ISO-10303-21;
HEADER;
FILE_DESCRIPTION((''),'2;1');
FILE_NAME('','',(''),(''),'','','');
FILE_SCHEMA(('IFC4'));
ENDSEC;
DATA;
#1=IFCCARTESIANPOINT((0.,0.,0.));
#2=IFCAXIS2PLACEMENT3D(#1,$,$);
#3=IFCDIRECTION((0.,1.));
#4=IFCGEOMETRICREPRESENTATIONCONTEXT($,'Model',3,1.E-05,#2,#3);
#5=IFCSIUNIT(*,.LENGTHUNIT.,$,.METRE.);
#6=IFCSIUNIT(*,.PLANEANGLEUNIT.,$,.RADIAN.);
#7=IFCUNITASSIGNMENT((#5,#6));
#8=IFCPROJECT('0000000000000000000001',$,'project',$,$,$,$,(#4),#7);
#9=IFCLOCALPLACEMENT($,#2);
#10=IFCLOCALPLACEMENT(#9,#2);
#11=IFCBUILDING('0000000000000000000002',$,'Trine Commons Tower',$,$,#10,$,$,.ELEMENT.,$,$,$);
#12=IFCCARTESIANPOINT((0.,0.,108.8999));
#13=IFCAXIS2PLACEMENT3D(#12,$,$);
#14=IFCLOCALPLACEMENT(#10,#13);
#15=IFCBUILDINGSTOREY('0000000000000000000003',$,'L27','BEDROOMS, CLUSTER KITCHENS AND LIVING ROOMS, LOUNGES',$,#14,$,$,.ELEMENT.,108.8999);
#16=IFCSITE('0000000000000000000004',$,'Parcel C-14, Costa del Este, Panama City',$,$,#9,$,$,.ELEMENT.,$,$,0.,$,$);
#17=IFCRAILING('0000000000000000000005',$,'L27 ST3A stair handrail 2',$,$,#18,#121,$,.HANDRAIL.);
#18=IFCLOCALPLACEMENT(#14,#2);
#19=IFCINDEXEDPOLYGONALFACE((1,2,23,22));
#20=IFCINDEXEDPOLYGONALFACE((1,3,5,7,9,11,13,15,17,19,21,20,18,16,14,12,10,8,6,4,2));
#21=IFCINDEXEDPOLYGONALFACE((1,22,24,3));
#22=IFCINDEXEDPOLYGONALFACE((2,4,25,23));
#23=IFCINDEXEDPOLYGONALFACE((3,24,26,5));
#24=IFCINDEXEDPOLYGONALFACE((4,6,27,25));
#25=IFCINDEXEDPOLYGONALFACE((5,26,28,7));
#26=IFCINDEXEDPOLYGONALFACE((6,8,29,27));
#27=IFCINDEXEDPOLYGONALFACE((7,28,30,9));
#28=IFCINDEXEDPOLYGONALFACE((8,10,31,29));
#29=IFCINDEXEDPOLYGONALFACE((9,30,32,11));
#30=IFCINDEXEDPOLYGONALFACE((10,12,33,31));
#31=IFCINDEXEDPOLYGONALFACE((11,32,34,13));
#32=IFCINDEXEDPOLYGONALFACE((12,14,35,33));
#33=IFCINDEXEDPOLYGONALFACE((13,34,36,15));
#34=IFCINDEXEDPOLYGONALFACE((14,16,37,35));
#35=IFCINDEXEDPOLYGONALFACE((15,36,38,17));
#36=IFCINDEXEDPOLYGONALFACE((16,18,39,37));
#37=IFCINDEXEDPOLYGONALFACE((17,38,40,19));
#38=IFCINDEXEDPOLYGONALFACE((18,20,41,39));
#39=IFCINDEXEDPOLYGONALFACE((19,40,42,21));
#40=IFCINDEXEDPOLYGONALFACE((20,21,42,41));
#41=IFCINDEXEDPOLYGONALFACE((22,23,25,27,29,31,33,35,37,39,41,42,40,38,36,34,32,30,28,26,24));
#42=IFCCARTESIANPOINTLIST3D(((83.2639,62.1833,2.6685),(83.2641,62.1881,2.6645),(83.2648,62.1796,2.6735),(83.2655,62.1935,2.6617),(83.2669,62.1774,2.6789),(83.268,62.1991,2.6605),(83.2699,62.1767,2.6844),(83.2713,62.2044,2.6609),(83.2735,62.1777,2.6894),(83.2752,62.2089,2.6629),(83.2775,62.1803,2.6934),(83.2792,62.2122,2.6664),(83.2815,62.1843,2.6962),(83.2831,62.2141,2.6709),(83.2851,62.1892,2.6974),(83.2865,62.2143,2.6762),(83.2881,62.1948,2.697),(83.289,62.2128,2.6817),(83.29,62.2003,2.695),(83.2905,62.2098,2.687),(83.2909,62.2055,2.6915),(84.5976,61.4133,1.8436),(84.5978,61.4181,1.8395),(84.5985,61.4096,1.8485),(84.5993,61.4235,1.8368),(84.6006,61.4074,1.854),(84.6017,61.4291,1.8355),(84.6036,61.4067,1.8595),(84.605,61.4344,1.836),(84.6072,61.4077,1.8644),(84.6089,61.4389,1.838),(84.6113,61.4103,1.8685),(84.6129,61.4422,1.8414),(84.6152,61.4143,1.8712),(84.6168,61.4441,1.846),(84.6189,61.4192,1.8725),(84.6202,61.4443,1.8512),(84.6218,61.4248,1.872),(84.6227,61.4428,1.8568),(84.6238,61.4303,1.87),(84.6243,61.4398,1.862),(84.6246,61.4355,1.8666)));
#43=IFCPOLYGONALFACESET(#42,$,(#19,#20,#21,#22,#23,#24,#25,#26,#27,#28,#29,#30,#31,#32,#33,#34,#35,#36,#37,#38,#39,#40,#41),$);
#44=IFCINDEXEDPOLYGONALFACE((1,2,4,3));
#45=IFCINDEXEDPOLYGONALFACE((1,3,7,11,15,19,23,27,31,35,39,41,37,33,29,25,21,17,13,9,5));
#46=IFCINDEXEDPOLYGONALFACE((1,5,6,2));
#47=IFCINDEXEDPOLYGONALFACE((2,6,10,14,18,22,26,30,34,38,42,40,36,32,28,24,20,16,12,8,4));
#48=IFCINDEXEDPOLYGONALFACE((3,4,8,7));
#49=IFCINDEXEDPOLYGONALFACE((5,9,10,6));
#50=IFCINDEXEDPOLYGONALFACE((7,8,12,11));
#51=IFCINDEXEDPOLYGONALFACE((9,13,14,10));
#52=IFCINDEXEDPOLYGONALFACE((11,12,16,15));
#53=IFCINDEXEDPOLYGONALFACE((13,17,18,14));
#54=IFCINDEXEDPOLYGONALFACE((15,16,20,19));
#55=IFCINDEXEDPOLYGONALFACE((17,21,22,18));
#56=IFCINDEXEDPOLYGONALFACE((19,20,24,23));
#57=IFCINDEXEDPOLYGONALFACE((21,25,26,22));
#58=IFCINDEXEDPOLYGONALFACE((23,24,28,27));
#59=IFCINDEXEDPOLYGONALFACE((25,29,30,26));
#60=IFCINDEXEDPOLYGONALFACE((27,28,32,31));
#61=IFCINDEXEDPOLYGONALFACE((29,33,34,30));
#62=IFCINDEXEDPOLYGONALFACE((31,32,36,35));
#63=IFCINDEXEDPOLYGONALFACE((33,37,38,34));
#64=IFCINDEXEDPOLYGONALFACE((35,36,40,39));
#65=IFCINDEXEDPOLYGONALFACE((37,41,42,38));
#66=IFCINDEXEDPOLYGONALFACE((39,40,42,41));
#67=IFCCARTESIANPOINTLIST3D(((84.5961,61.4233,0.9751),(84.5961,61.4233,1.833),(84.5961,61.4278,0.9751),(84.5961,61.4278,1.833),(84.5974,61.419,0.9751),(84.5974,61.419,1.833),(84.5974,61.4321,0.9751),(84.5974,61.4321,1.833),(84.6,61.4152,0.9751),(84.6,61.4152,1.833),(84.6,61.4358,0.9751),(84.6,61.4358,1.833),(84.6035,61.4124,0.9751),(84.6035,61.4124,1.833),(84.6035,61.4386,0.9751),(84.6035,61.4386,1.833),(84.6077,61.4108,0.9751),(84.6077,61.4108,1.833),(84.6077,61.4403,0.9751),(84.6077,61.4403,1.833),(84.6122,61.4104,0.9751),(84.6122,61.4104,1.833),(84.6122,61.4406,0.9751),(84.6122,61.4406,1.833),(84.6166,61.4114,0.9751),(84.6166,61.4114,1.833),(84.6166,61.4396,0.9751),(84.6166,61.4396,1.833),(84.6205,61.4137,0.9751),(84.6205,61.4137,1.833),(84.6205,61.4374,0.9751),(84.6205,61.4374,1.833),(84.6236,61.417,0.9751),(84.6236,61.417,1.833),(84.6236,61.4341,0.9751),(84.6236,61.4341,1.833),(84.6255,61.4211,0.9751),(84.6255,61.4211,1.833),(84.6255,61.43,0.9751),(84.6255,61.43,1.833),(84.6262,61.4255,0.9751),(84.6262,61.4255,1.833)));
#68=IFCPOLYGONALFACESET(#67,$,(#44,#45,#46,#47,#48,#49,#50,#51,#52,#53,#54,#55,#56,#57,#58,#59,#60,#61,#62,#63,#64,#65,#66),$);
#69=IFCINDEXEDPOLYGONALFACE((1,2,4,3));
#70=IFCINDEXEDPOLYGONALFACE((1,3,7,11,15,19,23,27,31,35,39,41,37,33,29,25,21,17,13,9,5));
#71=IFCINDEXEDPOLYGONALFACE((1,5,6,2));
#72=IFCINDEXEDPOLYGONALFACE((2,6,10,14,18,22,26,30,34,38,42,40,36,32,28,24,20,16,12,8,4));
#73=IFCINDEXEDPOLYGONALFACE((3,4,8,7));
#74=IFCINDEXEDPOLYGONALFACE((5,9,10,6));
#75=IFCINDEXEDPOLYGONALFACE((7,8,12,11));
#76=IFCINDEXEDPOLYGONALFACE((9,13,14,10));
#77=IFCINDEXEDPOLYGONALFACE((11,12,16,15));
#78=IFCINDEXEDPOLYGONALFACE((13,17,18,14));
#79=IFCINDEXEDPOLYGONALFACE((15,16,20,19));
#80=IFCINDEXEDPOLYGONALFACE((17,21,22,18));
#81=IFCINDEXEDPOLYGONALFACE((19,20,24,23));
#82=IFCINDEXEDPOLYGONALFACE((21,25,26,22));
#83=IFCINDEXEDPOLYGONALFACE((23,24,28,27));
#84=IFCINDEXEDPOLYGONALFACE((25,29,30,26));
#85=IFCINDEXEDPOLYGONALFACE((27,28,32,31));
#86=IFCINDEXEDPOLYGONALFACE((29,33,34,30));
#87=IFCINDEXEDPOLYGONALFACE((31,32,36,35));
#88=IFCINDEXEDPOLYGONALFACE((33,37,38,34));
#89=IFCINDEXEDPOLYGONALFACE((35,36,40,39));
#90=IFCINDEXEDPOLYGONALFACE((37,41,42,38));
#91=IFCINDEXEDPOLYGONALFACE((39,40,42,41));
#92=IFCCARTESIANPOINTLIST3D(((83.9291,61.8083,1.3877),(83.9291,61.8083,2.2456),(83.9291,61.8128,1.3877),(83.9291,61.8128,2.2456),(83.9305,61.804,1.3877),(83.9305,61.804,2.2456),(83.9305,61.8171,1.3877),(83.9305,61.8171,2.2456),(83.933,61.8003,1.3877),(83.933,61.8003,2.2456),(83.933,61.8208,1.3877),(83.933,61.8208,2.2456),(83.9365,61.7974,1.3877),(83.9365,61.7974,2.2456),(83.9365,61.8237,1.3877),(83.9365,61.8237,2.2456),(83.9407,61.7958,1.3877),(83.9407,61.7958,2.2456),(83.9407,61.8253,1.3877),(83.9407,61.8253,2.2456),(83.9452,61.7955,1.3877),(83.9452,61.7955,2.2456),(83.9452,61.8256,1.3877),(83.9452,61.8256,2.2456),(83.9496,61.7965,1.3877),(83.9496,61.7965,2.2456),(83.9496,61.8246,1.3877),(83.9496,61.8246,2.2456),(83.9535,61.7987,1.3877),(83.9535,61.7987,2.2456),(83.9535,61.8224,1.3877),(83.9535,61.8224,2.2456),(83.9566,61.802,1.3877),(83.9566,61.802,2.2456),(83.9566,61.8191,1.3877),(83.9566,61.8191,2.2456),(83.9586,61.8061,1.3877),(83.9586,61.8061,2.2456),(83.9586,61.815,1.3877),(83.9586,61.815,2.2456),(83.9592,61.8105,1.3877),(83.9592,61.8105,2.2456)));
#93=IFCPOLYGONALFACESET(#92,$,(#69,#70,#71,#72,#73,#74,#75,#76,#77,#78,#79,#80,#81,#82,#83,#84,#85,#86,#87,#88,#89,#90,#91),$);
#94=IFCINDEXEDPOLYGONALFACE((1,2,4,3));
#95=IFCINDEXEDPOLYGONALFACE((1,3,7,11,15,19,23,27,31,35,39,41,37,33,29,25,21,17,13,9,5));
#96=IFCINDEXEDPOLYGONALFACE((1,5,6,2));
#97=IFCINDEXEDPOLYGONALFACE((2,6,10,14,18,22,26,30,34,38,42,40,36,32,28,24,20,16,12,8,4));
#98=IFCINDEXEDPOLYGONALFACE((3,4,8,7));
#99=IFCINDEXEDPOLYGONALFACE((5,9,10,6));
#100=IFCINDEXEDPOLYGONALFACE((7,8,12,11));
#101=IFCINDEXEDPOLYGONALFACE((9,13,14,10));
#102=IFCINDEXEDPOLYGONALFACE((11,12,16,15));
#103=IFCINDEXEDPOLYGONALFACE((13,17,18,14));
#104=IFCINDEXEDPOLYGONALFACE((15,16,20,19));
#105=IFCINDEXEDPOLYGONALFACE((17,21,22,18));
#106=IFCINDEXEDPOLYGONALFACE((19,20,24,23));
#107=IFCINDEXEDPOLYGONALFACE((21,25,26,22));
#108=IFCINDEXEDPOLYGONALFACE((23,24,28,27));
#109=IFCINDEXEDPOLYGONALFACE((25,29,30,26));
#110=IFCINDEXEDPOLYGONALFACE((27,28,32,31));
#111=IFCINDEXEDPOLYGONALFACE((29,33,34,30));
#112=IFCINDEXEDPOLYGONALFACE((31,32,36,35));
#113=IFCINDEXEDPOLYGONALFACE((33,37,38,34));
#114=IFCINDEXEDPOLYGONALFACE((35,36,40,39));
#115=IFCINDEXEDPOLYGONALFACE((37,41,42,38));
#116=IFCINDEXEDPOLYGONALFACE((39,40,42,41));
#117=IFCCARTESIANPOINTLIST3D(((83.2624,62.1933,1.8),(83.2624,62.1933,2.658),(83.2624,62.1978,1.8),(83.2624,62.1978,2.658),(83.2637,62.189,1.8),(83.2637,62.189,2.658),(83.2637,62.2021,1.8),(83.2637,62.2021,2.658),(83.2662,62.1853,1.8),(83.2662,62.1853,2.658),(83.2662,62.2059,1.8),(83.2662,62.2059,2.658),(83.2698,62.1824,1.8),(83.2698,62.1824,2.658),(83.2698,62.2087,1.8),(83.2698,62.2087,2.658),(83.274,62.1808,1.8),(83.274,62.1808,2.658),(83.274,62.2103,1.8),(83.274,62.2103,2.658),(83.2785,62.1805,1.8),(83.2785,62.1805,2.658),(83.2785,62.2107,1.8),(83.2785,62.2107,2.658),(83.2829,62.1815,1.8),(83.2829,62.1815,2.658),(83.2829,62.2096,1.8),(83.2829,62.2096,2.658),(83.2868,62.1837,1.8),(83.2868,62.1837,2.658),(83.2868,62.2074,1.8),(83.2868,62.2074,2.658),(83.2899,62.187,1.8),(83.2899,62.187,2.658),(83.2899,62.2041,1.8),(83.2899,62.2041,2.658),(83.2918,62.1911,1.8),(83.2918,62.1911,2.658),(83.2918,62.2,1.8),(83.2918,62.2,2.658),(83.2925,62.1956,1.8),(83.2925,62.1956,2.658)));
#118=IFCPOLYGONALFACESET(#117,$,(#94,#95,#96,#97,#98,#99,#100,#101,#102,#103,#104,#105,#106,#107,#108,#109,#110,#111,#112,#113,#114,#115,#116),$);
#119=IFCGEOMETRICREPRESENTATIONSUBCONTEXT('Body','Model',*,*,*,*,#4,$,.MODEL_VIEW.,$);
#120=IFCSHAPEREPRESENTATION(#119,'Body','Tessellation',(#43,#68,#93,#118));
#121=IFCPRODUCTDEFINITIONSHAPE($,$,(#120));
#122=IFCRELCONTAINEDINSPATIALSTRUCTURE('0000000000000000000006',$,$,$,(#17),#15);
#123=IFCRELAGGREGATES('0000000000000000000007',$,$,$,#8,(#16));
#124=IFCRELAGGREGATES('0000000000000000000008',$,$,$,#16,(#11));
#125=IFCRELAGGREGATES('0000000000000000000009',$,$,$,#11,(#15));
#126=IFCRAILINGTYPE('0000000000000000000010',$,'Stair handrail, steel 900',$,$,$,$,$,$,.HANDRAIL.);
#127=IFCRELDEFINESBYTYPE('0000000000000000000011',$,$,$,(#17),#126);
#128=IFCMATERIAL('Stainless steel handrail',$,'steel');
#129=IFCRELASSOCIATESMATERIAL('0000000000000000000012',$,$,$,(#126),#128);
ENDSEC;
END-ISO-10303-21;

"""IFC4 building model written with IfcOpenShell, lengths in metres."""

from ifc_helpers import new_model, si_unit, direction, frame, origin, origin_2d, place, context, subcontext, project, spatial, circle, extrude, material, type_object, element, save


model = new_model("IFC4")

# Units and contexts
model_context = context("Model", 3, precision=1e-05, world=origin(), true_north=direction((0.0, 1.0)))
body_context = subcontext(model_context, "Body", "Model", "MODEL_VIEW")
ifc_project = project(units=[si_unit("LENGTHUNIT", "METRE"), si_unit("PLANEANGLEUNIT", "RADIAN")], contexts=[model_context])

# Site, building, storey
site_placement = place(None, origin())
site = spatial("IfcSite", under=ifc_project, at=site_placement, Name="Parcel C-14, Costa del Este, Panama City", CompositionType="ELEMENT", RefElevation=0.0)
building_placement = place(site_placement, origin())
building = spatial("IfcBuilding", under=site, at=building_placement, Name="Trine Commons Tower", CompositionType="ELEMENT")
storey_placement = place(building_placement, frame((0.0, 0.0, 108.8999)))
storey = spatial("IfcBuildingStorey", under=building, at=storey_placement, Name="L27", Description="BEDROOMS, CLUSTER KITCHENS AND LIVING ROOMS, LOUNGES", CompositionType="ELEMENT", Elevation=108.8999)

# Railing
ifc_material_1 = material(Name="Stainless steel handrail", Category="steel")
railing_type_1 = type_object("IfcRailingType", Name="Stair handrail, steel 900", PredefinedType="HANDRAIL", material=ifc_material_1)
railing_1_placement = place(storey_placement, frame((84.6111, 61.4255, 0.9751)))
element("IfcRailing", 1, at=railing_1_placement, inside=storey, type_object=railing_type_1, Name="L27 ST3A stair handrail 2", PredefinedType="HANDRAIL", context=body_context, shape_type="SweptSolid", body=[
    extrude(circle(Radius=0.021, at=origin_2d()), frame((0.0, 0.0, 0.8789), z_axis=(-0.763405, 0.440743, 0.472185), x_axis=(-0.499992, -0.86603, 0.0)), (0.0, 0.0, 1.0), 1.7471),
    extrude(circle(Radius=0.0151, at=origin_2d()), origin(), (0.0, 0.0, 1.0), 0.8579),
    extrude(circle(Radius=0.0151, at=origin_2d()), frame((-0.667, 0.385, 0.4126)), (0.0, 0.0, 1.0), 0.8579),
    extrude(circle(Radius=0.0151, at=origin_2d()), frame((-1.3337, 0.77, 0.825)), (0.0, 0.0, 1.0), 0.8579),
])

save(model, "model.ifc")
